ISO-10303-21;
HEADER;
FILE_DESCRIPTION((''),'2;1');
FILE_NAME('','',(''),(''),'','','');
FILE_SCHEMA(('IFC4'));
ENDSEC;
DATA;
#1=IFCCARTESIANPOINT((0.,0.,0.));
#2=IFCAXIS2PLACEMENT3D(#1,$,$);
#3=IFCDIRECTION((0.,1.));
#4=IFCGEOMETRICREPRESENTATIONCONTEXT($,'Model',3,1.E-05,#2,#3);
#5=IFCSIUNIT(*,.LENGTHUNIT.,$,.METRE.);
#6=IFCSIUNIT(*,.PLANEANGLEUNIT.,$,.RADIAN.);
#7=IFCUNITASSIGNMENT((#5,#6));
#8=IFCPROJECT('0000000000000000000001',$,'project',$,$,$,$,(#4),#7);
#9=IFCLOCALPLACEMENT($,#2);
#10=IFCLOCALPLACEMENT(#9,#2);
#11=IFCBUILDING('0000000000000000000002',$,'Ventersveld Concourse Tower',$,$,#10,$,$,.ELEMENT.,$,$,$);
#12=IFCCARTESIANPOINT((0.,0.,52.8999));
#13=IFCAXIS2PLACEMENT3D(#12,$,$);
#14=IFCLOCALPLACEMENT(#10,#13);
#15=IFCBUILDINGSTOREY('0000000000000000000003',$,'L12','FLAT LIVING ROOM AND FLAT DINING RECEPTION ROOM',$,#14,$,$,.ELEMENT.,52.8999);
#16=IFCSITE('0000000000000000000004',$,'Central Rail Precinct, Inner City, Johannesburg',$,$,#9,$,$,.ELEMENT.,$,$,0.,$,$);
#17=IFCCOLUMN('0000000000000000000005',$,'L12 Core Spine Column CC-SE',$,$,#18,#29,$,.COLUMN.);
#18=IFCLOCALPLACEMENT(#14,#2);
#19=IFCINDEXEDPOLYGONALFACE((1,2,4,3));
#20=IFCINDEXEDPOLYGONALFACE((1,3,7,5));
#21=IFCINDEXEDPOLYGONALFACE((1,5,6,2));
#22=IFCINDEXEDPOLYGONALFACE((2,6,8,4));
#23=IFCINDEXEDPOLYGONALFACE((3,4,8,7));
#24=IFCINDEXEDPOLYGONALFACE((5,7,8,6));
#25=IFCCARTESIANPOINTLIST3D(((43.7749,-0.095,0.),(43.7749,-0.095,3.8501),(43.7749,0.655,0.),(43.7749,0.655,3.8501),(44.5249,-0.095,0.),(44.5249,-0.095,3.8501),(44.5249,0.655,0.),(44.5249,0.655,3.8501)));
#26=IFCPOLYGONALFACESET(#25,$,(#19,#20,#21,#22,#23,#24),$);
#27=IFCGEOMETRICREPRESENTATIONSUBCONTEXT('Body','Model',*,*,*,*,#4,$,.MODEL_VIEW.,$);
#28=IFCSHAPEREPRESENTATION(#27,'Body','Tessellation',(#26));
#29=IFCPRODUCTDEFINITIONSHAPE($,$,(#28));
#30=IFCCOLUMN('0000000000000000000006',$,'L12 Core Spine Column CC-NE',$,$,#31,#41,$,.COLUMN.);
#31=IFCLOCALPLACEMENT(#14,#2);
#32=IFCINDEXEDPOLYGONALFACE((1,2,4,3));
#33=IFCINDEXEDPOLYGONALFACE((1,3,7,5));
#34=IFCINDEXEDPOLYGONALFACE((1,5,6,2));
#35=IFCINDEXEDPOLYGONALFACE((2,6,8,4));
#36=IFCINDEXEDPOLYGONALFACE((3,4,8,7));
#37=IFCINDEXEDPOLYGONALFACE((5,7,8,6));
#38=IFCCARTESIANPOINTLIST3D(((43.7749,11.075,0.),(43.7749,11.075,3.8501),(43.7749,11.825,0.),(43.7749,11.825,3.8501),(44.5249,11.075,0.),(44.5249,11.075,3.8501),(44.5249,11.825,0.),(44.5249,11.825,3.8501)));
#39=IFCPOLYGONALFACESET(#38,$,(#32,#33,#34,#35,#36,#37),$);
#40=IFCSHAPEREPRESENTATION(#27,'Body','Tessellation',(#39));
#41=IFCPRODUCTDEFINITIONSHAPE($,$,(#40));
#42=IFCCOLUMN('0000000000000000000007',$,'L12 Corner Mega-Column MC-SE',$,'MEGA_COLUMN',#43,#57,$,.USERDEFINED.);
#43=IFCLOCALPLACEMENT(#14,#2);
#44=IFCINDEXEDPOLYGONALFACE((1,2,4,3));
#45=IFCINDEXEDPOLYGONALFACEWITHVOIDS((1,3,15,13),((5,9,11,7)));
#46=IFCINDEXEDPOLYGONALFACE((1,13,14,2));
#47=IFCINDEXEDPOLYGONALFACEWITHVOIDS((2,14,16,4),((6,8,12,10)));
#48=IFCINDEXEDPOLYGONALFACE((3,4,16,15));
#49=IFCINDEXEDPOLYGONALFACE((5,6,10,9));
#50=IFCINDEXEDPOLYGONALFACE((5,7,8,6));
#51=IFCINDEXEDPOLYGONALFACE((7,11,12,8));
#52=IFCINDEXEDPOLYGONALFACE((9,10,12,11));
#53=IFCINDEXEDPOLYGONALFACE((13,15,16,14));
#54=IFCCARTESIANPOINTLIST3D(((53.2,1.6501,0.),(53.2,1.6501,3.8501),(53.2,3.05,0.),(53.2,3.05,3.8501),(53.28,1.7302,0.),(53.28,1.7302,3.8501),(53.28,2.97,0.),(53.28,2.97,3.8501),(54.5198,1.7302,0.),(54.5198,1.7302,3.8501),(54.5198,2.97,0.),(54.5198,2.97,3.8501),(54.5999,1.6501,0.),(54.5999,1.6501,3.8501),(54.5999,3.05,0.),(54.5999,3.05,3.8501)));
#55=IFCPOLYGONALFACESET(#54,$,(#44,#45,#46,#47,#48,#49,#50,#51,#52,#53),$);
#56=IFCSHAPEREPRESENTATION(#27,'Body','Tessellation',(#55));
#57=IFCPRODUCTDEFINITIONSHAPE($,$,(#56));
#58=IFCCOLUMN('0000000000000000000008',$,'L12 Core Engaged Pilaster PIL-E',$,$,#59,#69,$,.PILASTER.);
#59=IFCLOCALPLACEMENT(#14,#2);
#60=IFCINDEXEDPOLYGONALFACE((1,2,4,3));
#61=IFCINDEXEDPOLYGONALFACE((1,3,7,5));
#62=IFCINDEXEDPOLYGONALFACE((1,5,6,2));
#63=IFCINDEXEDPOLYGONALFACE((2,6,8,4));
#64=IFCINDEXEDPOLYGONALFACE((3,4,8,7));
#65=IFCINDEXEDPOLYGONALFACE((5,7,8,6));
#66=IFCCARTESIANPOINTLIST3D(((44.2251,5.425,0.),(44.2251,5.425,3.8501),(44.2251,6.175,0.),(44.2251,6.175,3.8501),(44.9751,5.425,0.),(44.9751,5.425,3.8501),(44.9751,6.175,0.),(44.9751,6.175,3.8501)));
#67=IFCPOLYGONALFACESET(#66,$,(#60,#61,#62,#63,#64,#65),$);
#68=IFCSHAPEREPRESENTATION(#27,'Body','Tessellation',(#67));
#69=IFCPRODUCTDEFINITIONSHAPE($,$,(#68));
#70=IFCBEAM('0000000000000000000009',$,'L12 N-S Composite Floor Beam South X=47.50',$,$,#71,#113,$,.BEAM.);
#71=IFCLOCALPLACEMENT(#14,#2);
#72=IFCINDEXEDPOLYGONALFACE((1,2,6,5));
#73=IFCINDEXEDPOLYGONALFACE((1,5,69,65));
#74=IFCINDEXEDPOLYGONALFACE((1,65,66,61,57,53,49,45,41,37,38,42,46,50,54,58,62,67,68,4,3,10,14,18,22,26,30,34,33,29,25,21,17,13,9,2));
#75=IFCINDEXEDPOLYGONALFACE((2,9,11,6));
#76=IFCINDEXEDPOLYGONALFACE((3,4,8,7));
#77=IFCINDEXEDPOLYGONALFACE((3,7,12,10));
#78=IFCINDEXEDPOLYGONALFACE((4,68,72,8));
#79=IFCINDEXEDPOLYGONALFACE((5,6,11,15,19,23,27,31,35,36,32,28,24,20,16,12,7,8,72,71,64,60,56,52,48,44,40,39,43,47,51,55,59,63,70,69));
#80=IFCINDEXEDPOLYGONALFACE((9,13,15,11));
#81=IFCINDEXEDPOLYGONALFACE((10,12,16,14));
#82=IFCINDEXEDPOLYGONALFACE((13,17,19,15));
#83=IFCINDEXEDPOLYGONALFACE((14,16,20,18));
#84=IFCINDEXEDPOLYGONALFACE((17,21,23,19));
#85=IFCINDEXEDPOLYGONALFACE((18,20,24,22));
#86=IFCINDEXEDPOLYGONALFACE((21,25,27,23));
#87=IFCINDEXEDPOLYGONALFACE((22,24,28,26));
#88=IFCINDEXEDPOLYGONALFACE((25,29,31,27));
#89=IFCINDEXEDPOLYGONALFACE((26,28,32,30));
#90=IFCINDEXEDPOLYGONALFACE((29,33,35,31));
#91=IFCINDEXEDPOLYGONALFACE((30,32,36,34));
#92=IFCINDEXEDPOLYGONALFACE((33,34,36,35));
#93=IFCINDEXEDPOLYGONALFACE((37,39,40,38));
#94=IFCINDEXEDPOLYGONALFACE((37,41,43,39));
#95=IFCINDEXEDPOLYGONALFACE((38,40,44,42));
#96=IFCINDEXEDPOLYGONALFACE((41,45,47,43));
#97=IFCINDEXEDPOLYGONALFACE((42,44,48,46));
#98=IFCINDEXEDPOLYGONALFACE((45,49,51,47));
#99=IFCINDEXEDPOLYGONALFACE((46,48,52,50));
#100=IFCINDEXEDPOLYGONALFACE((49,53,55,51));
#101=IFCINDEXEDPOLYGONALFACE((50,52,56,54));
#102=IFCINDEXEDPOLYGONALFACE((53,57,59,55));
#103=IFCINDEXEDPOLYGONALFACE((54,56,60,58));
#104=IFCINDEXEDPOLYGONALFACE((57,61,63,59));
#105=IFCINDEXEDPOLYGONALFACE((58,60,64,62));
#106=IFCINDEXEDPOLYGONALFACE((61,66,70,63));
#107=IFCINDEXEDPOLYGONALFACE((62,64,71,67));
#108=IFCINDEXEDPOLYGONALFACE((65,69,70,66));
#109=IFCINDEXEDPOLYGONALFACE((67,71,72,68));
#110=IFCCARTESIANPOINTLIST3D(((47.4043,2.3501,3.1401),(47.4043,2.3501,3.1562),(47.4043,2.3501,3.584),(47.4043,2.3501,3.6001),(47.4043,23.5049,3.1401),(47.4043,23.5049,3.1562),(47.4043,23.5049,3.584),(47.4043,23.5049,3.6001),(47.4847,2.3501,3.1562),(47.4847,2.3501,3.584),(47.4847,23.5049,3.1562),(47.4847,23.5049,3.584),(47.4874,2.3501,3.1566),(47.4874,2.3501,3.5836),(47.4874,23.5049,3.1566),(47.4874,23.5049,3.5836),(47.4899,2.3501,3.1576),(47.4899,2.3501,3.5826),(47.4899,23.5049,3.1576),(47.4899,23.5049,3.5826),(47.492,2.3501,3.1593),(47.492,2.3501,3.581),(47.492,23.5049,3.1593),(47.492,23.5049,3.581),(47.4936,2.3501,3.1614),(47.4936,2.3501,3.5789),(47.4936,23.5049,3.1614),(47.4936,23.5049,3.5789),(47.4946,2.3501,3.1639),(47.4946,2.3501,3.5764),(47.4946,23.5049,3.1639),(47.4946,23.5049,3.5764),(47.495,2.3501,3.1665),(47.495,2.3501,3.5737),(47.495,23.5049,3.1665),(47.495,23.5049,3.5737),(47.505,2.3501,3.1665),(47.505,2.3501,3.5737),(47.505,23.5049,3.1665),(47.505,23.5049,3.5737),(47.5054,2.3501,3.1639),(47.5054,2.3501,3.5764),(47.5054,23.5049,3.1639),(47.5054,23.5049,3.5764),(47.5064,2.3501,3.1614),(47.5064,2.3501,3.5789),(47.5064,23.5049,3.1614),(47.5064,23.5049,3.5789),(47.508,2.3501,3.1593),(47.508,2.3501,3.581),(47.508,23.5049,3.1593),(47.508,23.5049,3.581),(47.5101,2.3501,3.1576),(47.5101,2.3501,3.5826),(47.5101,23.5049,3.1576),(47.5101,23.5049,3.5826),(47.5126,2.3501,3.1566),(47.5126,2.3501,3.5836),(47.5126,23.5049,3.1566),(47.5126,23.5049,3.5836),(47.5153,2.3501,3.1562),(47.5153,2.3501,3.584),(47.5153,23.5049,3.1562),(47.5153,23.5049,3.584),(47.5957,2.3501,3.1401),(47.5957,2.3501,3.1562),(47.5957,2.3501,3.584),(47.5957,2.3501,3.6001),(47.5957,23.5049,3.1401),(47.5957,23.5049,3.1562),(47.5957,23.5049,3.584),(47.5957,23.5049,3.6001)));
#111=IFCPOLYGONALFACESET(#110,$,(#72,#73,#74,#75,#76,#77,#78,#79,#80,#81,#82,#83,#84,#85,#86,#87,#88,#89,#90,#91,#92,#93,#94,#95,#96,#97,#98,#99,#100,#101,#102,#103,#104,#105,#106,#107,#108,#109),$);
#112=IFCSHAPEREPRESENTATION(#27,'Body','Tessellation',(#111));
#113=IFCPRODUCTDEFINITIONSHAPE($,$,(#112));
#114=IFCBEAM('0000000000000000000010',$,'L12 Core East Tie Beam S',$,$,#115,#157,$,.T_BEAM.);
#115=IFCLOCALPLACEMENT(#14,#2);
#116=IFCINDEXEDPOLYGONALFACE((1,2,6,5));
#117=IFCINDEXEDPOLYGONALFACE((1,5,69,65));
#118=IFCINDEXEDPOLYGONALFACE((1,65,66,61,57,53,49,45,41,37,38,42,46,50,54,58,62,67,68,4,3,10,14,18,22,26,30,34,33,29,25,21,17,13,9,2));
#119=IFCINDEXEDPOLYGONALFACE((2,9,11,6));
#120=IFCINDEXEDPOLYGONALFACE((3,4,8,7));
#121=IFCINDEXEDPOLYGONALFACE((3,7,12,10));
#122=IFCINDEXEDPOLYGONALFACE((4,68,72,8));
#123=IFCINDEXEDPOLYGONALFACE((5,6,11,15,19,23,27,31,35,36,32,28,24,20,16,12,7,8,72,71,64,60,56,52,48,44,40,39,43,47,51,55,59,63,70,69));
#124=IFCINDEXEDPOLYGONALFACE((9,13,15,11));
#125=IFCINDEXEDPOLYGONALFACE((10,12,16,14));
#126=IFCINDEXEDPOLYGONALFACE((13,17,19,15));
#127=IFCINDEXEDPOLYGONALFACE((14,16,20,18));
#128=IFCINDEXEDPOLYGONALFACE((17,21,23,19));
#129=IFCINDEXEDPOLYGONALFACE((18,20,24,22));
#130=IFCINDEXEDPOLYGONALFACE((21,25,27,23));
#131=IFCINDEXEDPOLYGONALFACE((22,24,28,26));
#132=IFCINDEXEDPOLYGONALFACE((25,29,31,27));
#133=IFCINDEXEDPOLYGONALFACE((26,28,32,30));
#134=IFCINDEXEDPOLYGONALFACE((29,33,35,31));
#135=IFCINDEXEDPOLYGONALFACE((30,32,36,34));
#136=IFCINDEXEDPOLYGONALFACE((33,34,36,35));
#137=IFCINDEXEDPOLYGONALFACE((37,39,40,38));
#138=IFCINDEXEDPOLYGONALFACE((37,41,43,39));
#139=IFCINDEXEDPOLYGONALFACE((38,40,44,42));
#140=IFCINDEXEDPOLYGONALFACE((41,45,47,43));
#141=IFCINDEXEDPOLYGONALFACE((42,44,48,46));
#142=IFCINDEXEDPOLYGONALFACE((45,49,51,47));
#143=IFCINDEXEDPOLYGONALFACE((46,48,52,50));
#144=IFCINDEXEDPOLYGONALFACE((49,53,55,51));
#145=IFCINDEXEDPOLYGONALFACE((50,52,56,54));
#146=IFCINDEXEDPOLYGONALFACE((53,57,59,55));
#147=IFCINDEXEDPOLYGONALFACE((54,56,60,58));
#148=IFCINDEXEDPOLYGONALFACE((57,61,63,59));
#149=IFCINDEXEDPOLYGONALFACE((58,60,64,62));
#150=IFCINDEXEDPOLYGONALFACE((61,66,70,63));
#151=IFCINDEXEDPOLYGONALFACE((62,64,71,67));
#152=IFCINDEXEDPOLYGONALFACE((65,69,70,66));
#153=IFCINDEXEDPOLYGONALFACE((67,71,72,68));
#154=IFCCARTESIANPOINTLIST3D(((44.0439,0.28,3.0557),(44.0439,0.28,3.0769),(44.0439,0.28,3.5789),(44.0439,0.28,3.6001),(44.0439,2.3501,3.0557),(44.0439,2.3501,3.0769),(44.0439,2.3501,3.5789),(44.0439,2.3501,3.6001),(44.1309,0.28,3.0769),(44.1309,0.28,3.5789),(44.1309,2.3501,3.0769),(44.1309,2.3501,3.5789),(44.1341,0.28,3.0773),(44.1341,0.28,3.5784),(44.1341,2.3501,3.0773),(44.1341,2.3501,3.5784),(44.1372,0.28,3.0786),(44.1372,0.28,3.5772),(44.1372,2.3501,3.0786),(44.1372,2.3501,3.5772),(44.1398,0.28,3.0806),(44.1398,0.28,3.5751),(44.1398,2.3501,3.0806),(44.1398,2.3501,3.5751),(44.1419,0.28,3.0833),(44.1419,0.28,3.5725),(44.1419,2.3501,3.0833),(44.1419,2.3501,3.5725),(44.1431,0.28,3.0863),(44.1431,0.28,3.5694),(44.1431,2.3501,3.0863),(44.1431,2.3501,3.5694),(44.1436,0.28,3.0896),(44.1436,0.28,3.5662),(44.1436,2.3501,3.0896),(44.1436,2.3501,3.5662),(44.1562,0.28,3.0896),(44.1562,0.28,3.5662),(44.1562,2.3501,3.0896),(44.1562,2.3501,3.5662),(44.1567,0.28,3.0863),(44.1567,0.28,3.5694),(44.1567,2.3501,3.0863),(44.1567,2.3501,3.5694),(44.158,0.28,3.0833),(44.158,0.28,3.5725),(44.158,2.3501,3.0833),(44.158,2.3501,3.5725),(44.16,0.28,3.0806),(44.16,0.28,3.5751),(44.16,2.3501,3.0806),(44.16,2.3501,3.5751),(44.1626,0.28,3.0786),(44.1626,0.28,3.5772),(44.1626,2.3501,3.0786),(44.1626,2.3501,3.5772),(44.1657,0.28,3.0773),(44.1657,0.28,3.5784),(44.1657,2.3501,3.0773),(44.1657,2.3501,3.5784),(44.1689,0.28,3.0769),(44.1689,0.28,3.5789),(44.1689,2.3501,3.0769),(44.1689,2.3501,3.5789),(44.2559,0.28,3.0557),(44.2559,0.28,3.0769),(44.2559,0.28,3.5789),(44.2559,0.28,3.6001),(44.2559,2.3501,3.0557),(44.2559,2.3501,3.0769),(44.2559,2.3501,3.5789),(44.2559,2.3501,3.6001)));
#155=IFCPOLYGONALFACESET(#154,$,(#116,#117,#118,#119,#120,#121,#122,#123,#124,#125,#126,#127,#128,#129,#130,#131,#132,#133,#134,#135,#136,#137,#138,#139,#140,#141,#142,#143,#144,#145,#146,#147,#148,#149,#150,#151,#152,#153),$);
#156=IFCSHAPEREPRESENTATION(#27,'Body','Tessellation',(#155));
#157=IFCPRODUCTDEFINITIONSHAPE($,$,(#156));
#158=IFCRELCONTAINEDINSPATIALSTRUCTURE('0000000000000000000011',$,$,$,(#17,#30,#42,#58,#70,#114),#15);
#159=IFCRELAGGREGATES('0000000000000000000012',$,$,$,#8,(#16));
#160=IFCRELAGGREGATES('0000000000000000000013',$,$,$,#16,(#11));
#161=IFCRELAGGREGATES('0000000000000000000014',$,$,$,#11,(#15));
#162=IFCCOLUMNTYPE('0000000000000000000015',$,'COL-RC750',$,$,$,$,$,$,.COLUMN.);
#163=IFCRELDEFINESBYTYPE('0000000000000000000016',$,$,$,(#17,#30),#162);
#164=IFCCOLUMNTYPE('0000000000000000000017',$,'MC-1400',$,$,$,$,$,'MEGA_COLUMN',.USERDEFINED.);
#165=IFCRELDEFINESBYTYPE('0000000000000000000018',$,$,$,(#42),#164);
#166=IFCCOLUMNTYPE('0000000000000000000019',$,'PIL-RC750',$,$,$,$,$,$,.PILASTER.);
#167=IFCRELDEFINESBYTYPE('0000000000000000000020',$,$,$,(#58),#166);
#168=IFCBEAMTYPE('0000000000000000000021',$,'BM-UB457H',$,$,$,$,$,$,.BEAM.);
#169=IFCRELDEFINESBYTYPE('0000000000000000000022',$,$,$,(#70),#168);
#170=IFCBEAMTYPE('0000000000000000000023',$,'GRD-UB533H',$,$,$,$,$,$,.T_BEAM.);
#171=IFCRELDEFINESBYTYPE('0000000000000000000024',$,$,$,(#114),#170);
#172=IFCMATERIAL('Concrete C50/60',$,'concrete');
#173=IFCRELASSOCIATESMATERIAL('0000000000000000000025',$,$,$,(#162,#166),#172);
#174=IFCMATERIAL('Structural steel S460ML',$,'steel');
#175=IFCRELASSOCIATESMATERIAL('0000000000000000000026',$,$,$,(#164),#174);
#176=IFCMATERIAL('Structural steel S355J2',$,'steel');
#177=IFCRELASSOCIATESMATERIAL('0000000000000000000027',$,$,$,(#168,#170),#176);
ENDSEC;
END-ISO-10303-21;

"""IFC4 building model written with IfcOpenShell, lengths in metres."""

from ifc_helpers import new_model, si_unit, direction, frame, origin, origin_2d, place, context, subcontext, project, spatial, rectangle, hollow_rectangle, i_section, extrude, material, material_profile, profile_set, type_object, element, save


model = new_model("IFC4")

# Units and contexts
model_context = context("Model", 3, precision=1e-05, world=origin(), true_north=direction((0.0, 1.0)))
body_context = subcontext(model_context, "Body", "Model", "MODEL_VIEW")
ifc_project = project(units=[si_unit("LENGTHUNIT", "METRE"), si_unit("PLANEANGLEUNIT", "RADIAN")], contexts=[model_context])

# Site, building, storey
site_placement = place(None, origin())
site = spatial("IfcSite", under=ifc_project, at=site_placement, Name="Central Rail Precinct, Inner City, Johannesburg", CompositionType="ELEMENT", RefElevation=0.0)
building_placement = place(site_placement, origin())
building = spatial("IfcBuilding", under=site, at=building_placement, Name="Ventersveld Concourse Tower", CompositionType="ELEMENT")
storey_placement = place(building_placement, frame((0.0, 0.0, 52.8999)))
storey = spatial("IfcBuildingStorey", under=building, at=storey_placement, Name="L12", Description="FLAT LIVING ROOM AND FLAT DINING RECEPTION ROOM", CompositionType="ELEMENT", Elevation=52.8999)

# Columns
ifc_material_1 = material(Name="Concrete C50/60", Category="concrete")
ifc_material_profile_1 = material_profile(ifc_material_1, rectangle(XDim=0.75, YDim=0.75, at=origin_2d()), Name="RC 750x750")
ifc_profile_set_1 = profile_set([ifc_material_profile_1], Name="Concrete C50/60")
column_type_1 = type_object("IfcColumnType", Name="COL-RC750", PredefinedType="COLUMN", material=ifc_profile_set_1)
for number, where, z_axis, x_axis, name in (
    (1, (44.1499, 0.28, 0.0), (0.0, 0.0, 1.0), (1.0, 0.0, 0.0), "L12 Core Spine Column CC-SE"),
    (2, (44.1499, 11.45, 0.0), (0.0, 0.0, 1.0), (1.0, 0.0, 0.0), "L12 Core Spine Column CC-NE"),
):
    element("IfcColumn", number, at=place(storey_placement, frame(where, z_axis=z_axis, x_axis=x_axis)), inside=storey, type_object=column_type_1, Name=name, PredefinedType="COLUMN", context=body_context, shape_type="SweptSolid", body=[
        extrude(rectangle(XDim=0.75, YDim=0.75, at=origin_2d()), origin(), (0.0, 0.0, 1.0), 3.8501),
    ])
ifc_material_2 = material(Name="Structural steel S460ML", Category="steel")
ifc_material_profile_2 = material_profile(ifc_material_2, hollow_rectangle(XDim=1.3999, YDim=1.3999, WallThickness=0.0801, at=origin_2d()), Name="BOX 1400x1400x80")
ifc_profile_set_2 = profile_set([ifc_material_profile_2], Name="Structural steel S460ML")
column_type_2 = type_object("IfcColumnType", Name="MC-1400", ElementType="MEGA_COLUMN", PredefinedType="USERDEFINED", material=ifc_profile_set_2)
column_1_placement = place(storey_placement, frame((53.8999, 2.3501, 0.0), z_axis=(0.0, 0.0, 1.0), x_axis=(1.0, 0.0, 0.0)))
element("IfcColumn", 3, at=column_1_placement, inside=storey, type_object=column_type_2, Name="L12 Corner Mega-Column MC-SE", ObjectType="MEGA_COLUMN", PredefinedType="USERDEFINED", context=body_context, shape_type="SweptSolid", body=[
    extrude(hollow_rectangle(XDim=1.3999, YDim=1.3999, WallThickness=0.0801, at=origin_2d()), origin(), (0.0, 0.0, 1.0), 3.8501),
])
ifc_material_profile_3 = material_profile(ifc_material_1, rectangle(XDim=0.75, YDim=0.75, at=origin_2d()), Name="RC 750x750")
ifc_profile_set_3 = profile_set([ifc_material_profile_3], Name="Concrete C50/60")
column_type_3 = type_object("IfcColumnType", Name="PIL-RC750", PredefinedType="PILASTER", material=ifc_profile_set_3)
column_2_placement = place(storey_placement, frame((44.6001, 5.8, 0.0), z_axis=(0.0, 0.0, 1.0), x_axis=(1.0, 0.0, 0.0)))
element("IfcColumn", 4, at=column_2_placement, inside=storey, type_object=column_type_3, Name="L12 Core Engaged Pilaster PIL-E", PredefinedType="PILASTER", context=body_context, shape_type="SweptSolid", body=[
    extrude(rectangle(XDim=0.75, YDim=0.75, at=origin_2d()), origin(), (0.0, 0.0, 1.0), 3.8501),
])

# Beams
ifc_material_3 = material(Name="Structural steel S355J2", Category="steel")
ifc_material_profile_4 = material_profile(ifc_material_3, i_section(OverallWidth=0.1914, OverallDepth=0.46, WebThickness=0.01, FlangeThickness=0.0161, FilletRadius=0.0103, at=origin_2d()), Name="UB 457x191x82")
ifc_profile_set_4 = profile_set([ifc_material_profile_4], Name="Structural steel S355J2")
beam_type_1 = type_object("IfcBeamType", Name="BM-UB457H", PredefinedType="BEAM", material=ifc_profile_set_4)
beam_1_placement = place(storey_placement, frame((47.5, 2.3501, 3.3701), z_axis=(0.0, 1.0, 0.0), x_axis=(-1.0, 0.0, 0.0)))
element("IfcBeam", 5, at=beam_1_placement, inside=storey, type_object=beam_type_1, Name="L12 N-S Composite Floor Beam South X=47.50", PredefinedType="BEAM", context=body_context, shape_type="SweptSolid", body=[
    extrude(i_section(OverallWidth=0.1914, OverallDepth=0.46, WebThickness=0.01, FlangeThickness=0.0161, FilletRadius=0.0103, at=origin_2d()), origin(), (0.0, 0.0, 1.0), 21.1548),
])
ifc_material_profile_5 = material_profile(ifc_material_3, i_section(OverallWidth=0.2119, OverallDepth=0.5444, WebThickness=0.0127, FlangeThickness=0.0212, FilletRadius=0.0127, at=origin_2d()), Name="UB 533x210x122")
ifc_profile_set_5 = profile_set([ifc_material_profile_5], Name="Structural steel S355J2")
beam_type_2 = type_object("IfcBeamType", Name="GRD-UB533H", PredefinedType="T_BEAM", material=ifc_profile_set_5)
beam_2_placement = place(storey_placement, frame((44.1499, 0.28, 3.3279), z_axis=(0.0, 1.0, 0.0), x_axis=(-1.0, 0.0, 0.0)))
element("IfcBeam", 6, at=beam_2_placement, inside=storey, type_object=beam_type_2, Name="L12 Core East Tie Beam S", PredefinedType="T_BEAM", context=body_context, shape_type="SweptSolid", body=[
    extrude(i_section(OverallWidth=0.2119, OverallDepth=0.5444, WebThickness=0.0127, FlangeThickness=0.0212, FilletRadius=0.0127, at=origin_2d()), origin(), (0.0, 0.0, 1.0), 2.0701),
])

save(model, "model.ifc")
